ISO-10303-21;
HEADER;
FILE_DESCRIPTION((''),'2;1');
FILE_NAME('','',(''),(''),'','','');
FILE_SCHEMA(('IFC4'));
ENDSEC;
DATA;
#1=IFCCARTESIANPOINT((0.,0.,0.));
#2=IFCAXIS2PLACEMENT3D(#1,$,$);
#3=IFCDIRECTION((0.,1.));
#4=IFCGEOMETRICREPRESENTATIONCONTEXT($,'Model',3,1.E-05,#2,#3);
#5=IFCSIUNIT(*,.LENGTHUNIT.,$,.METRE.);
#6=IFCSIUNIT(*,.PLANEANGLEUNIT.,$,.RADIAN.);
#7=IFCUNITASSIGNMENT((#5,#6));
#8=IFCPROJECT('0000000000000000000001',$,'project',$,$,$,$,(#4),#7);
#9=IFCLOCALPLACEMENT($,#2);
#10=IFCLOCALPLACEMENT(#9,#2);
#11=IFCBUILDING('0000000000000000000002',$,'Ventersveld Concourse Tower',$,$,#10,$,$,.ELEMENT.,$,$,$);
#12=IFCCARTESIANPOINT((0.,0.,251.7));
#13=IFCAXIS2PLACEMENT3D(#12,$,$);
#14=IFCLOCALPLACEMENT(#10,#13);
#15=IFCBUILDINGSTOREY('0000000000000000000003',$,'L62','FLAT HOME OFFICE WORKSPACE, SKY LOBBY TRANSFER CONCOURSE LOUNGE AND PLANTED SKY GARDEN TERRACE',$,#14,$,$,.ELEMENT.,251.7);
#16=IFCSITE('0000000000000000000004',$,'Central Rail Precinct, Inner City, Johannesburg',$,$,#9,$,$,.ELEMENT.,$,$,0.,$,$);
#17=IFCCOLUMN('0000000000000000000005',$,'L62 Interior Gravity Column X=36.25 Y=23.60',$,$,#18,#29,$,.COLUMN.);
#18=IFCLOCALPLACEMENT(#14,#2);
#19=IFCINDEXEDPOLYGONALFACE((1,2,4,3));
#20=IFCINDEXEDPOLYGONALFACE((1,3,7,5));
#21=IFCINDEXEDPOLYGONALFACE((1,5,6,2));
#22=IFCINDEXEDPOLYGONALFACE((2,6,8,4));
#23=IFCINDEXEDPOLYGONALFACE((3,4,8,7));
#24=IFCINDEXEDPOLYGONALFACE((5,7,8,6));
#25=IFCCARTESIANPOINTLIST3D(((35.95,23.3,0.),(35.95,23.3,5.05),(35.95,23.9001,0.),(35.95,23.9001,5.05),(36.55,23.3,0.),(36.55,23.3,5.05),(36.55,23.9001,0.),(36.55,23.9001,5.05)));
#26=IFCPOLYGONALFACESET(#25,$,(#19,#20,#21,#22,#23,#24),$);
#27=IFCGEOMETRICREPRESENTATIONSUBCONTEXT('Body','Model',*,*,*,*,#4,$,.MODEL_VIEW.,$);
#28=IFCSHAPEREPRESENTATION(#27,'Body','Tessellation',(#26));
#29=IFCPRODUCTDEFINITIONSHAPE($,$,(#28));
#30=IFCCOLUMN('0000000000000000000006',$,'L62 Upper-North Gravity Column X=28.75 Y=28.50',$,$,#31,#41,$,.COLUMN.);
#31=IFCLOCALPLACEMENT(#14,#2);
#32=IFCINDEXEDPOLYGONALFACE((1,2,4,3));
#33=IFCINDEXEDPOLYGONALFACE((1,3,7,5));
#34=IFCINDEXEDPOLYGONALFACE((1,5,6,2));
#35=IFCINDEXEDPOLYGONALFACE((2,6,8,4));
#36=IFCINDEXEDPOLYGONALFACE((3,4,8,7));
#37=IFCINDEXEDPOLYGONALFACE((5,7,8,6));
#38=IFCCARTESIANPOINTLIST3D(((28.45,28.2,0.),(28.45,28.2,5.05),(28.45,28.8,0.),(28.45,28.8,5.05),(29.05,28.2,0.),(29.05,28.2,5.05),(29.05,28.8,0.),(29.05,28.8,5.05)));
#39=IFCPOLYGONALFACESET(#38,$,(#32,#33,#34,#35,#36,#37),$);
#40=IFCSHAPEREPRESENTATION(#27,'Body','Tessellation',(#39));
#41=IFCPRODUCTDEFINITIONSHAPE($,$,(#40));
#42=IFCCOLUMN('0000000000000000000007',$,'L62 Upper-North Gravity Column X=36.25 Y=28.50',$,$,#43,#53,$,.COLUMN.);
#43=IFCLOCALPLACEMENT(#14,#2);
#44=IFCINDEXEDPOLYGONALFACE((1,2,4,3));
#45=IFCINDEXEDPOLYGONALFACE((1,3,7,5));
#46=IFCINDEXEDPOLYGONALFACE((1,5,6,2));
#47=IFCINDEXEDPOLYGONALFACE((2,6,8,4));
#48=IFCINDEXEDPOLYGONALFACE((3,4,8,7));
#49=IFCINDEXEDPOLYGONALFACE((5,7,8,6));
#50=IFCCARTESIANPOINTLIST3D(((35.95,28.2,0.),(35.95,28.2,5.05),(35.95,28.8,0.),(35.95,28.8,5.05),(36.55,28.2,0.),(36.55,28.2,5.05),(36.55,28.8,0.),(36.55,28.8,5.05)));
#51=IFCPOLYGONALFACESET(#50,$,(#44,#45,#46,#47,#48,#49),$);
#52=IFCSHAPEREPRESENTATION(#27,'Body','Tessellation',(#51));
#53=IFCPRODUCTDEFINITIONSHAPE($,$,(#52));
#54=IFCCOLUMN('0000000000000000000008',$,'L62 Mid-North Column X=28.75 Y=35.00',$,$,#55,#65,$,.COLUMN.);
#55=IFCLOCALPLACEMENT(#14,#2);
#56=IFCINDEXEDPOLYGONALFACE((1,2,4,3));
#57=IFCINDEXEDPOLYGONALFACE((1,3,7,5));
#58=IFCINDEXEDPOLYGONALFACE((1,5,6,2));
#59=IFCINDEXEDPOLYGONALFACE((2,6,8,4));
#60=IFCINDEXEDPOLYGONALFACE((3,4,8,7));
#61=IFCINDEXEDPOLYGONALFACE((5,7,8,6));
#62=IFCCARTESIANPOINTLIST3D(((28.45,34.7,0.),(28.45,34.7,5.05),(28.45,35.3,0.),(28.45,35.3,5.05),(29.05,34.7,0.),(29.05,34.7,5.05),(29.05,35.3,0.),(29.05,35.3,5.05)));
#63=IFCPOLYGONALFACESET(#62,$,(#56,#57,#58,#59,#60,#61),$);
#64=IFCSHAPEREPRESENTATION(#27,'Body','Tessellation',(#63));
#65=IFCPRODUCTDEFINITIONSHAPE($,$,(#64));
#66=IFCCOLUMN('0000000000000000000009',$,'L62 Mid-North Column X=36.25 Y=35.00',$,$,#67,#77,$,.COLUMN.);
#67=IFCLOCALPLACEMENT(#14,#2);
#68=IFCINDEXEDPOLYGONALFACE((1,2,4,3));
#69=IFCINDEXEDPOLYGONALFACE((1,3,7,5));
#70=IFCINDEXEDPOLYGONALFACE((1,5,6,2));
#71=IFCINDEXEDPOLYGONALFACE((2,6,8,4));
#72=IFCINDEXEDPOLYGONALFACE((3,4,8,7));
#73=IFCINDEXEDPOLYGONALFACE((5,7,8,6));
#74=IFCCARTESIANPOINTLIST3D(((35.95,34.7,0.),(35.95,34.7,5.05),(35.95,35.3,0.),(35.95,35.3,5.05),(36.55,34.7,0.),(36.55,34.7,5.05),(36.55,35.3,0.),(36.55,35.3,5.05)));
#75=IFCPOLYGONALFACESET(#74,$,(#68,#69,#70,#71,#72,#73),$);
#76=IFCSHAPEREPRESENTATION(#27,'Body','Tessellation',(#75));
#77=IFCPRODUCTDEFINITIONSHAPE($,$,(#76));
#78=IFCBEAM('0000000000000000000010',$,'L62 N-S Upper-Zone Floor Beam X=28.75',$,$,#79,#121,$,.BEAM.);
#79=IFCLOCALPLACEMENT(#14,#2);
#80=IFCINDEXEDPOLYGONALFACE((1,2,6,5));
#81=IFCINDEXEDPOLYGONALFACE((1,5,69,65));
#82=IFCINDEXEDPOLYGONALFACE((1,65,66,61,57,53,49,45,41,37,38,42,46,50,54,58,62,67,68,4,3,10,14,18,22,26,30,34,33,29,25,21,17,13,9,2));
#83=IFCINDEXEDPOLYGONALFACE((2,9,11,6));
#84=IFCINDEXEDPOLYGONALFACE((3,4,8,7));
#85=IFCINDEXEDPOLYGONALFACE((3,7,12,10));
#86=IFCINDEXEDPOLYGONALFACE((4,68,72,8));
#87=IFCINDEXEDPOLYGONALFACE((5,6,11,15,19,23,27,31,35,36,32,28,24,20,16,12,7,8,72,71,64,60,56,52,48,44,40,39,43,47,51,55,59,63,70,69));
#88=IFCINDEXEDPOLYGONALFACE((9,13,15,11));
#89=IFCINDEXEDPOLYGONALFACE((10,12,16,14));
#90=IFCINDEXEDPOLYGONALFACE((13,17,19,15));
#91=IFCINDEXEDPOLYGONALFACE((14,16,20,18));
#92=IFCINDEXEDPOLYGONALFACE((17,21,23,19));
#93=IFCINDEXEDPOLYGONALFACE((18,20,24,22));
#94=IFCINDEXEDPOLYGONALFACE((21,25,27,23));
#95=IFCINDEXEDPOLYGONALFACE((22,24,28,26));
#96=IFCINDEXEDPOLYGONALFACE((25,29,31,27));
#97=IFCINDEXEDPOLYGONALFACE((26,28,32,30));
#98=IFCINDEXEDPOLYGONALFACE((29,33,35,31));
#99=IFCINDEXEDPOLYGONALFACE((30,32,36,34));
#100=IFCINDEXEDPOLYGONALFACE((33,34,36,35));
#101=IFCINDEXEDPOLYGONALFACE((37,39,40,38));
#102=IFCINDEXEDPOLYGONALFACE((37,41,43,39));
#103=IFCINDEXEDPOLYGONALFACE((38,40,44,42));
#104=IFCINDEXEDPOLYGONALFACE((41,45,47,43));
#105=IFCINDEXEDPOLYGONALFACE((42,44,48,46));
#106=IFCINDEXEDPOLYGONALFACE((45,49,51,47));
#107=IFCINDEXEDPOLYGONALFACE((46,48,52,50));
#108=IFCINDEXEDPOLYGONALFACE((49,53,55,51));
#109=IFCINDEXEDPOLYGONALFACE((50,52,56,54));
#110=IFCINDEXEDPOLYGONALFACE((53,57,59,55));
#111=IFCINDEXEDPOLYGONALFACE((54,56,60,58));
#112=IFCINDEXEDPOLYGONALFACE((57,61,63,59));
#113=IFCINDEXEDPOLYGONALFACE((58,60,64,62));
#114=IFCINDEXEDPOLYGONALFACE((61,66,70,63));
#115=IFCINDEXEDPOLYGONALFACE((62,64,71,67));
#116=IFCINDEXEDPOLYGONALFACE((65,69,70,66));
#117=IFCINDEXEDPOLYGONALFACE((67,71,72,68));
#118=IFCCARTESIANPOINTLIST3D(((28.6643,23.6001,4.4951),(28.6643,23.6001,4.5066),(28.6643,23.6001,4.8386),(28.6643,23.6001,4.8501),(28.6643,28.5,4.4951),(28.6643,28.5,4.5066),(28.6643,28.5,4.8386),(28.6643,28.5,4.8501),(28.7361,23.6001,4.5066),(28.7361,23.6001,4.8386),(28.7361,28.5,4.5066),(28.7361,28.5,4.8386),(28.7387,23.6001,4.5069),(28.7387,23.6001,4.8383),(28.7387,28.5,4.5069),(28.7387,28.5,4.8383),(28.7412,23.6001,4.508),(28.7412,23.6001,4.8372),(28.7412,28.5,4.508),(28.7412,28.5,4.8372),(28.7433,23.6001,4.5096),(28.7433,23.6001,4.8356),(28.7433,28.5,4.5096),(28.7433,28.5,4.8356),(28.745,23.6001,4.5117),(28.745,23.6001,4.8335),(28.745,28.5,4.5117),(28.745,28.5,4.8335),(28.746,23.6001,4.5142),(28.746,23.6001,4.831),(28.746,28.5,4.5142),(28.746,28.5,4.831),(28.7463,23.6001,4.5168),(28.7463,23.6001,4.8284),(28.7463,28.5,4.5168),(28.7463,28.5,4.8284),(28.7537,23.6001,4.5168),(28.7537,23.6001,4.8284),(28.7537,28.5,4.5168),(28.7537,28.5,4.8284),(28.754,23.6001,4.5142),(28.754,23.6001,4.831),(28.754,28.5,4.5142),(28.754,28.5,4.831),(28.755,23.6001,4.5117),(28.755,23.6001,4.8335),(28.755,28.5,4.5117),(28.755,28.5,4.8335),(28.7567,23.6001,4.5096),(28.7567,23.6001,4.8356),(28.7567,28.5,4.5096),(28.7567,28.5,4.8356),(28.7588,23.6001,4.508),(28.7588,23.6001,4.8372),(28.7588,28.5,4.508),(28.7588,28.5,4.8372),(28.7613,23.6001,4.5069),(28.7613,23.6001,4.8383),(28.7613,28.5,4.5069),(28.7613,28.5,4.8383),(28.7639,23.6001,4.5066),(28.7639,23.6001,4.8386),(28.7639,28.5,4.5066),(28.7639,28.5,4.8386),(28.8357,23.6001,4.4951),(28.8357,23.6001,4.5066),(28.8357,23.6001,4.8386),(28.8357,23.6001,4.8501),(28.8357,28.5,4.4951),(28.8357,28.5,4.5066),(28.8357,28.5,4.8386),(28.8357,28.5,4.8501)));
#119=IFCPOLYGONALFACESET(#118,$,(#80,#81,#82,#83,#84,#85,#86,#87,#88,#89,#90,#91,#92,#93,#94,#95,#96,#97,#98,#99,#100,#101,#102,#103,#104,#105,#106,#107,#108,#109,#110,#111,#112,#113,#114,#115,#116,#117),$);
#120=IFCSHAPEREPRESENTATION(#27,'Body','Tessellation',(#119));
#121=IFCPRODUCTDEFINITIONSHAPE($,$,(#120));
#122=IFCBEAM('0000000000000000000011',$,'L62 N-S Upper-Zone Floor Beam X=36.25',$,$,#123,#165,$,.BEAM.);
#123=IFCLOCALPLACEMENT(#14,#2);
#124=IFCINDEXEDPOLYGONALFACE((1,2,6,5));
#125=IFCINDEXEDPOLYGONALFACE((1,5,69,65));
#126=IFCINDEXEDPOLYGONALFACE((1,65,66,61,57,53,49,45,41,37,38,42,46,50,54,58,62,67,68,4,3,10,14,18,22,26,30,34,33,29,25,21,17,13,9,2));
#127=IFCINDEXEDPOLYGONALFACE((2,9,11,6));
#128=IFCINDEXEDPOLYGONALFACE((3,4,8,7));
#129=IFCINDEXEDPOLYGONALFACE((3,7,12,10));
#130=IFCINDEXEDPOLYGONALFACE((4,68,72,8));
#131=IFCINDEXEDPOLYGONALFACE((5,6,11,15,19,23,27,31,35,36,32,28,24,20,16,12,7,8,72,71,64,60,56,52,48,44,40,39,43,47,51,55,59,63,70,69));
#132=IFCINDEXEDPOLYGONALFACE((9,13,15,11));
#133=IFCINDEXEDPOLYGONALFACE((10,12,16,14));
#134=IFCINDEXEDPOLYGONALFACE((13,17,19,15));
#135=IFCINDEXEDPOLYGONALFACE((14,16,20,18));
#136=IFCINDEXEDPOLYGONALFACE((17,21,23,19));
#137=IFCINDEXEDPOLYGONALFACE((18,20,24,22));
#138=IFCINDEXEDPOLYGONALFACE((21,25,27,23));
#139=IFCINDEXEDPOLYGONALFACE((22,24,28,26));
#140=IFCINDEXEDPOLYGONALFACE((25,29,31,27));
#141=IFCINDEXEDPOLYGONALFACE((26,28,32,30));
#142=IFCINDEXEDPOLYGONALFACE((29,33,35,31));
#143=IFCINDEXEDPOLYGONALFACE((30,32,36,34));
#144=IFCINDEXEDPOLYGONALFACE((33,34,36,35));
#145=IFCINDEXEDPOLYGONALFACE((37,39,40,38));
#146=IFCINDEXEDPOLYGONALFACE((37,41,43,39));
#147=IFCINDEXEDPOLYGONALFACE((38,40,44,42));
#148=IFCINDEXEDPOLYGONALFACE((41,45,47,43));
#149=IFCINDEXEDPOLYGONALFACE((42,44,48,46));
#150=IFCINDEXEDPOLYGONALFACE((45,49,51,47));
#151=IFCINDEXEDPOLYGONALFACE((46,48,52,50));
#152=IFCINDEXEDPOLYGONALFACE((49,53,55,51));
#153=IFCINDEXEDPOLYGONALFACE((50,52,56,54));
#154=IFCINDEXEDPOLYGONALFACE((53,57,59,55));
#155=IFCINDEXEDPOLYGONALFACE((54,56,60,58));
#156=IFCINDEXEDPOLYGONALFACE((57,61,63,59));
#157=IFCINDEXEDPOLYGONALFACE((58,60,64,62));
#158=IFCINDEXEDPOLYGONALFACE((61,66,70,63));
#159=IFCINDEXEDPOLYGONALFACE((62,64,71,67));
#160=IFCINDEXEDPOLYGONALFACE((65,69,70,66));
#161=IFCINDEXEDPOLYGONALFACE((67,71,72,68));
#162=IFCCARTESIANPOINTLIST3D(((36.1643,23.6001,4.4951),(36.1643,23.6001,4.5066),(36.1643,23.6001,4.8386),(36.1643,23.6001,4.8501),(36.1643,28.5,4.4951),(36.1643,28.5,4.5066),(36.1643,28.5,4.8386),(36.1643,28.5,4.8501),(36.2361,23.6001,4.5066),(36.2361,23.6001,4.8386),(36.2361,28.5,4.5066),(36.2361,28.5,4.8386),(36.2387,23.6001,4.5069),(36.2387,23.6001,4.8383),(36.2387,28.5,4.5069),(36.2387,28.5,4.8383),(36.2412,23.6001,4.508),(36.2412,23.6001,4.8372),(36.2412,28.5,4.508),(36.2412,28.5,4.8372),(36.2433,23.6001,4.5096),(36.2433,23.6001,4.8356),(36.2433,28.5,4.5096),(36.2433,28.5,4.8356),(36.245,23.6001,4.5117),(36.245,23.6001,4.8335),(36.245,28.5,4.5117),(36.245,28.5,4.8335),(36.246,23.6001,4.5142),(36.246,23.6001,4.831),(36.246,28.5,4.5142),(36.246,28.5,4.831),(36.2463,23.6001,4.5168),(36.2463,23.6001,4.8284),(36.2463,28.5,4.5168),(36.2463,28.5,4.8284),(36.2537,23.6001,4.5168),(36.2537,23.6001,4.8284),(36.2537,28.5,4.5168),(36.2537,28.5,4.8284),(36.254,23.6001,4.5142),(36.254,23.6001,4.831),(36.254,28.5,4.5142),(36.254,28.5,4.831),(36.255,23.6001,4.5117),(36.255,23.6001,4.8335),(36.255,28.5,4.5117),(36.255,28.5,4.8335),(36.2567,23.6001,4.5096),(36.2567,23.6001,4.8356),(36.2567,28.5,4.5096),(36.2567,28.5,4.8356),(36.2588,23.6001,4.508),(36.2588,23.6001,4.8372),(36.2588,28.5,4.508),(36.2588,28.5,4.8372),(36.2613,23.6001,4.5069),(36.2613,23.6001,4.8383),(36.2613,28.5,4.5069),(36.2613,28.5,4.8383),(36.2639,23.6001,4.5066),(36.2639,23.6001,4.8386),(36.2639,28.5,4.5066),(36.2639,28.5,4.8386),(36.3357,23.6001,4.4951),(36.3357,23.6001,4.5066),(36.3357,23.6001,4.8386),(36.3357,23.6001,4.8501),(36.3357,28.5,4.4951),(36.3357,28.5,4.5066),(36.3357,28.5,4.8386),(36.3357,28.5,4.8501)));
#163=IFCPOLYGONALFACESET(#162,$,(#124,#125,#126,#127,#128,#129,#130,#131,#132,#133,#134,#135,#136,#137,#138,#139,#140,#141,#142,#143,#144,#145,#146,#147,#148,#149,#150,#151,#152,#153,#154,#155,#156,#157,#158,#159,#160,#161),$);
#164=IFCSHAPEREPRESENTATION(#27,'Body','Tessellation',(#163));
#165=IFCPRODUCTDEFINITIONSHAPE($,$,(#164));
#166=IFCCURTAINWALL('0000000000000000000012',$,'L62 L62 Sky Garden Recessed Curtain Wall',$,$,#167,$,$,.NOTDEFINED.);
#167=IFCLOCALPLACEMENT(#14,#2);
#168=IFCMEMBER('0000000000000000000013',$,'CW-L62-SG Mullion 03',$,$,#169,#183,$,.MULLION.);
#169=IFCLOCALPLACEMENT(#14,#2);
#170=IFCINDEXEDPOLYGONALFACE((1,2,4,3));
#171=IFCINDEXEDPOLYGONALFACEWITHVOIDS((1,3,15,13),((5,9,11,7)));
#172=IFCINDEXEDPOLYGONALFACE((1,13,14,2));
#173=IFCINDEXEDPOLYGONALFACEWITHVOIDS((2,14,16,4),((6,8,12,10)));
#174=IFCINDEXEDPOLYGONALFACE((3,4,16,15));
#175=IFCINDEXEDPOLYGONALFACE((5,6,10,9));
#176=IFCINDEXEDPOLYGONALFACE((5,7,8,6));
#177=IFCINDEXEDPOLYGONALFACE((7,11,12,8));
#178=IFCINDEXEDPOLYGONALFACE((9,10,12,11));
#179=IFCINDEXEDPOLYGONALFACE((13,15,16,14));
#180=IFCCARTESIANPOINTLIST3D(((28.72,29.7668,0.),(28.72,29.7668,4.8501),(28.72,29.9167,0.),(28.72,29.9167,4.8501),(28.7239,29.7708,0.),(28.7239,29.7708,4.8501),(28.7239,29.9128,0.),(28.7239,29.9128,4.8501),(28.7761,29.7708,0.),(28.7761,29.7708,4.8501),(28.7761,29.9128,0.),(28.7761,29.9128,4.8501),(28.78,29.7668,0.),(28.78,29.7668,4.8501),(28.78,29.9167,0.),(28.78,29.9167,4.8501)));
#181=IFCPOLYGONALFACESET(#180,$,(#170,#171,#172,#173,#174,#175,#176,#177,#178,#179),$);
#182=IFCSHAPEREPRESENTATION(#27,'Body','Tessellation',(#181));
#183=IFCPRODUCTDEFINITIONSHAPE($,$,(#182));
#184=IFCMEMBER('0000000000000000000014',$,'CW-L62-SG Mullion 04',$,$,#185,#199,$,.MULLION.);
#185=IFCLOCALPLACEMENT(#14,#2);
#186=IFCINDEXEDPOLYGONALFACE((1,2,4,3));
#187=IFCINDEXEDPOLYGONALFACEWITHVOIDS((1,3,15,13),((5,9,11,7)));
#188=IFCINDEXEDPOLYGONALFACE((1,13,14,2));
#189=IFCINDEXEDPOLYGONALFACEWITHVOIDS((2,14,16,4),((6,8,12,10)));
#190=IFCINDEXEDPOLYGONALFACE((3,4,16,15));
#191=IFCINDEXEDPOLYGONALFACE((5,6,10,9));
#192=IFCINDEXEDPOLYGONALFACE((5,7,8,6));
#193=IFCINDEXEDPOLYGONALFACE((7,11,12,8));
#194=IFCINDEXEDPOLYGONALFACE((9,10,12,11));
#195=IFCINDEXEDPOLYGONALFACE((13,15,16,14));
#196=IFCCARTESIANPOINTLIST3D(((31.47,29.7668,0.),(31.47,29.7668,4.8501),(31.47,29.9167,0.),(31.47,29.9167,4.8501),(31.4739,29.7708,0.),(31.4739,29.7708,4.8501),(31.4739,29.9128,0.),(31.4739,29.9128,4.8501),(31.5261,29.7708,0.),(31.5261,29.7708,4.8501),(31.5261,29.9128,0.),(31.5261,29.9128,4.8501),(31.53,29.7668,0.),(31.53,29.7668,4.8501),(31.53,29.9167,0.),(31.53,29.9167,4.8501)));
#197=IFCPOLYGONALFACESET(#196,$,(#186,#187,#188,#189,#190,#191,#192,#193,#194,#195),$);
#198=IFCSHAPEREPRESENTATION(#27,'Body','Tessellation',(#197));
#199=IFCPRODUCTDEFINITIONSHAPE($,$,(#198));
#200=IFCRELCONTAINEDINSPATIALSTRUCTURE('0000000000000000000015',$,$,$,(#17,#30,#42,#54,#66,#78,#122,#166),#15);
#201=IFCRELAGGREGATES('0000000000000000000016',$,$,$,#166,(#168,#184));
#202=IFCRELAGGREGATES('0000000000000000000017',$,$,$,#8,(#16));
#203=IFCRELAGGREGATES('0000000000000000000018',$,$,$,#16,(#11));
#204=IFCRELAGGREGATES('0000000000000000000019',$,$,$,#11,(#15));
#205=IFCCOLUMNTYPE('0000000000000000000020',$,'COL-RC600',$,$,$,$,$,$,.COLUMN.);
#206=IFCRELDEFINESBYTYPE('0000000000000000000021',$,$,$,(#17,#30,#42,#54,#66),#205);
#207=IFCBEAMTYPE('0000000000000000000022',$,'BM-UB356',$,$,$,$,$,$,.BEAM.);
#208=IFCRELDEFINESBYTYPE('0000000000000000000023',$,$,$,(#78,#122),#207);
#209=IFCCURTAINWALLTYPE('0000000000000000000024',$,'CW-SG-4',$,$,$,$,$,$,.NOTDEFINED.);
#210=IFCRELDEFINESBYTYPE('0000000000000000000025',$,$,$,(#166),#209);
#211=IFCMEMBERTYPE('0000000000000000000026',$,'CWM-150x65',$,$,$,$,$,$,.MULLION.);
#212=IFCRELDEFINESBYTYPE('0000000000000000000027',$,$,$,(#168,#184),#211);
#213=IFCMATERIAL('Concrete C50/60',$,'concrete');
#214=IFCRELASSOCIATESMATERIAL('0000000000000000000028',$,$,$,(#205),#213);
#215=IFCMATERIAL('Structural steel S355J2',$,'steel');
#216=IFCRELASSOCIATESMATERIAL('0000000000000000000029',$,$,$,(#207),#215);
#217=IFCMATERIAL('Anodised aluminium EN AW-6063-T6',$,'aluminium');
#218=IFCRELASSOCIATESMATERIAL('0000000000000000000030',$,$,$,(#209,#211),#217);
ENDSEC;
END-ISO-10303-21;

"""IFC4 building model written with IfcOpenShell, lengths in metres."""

from ifc_helpers import new_model, si_unit, direction, frame, origin, origin_2d, place, context, subcontext, project, spatial, rectangle, hollow_rectangle, i_section, extrude, material, material_profile, profile_set, type_object, element, aggregate, save


model = new_model("IFC4")

# Units and contexts
model_context = context("Model", 3, precision=1e-05, world=origin(), true_north=direction((0.0, 1.0)))
body_context = subcontext(model_context, "Body", "Model", "MODEL_VIEW")
ifc_project = project(units=[si_unit("LENGTHUNIT", "METRE"), si_unit("PLANEANGLEUNIT", "RADIAN")], contexts=[model_context])

# Site, building, storey
site_placement = place(None, origin())
site = spatial("IfcSite", under=ifc_project, at=site_placement, Name="Central Rail Precinct, Inner City, Johannesburg", CompositionType="ELEMENT", RefElevation=0.0)
building_placement = place(site_placement, origin())
building = spatial("IfcBuilding", under=site, at=building_placement, Name="Ventersveld Concourse Tower", CompositionType="ELEMENT")
storey_placement = place(building_placement, frame((0.0, 0.0, 251.7)))
storey = spatial("IfcBuildingStorey", under=building, at=storey_placement, Name="L62", Description="FLAT HOME OFFICE WORKSPACE, SKY LOBBY TRANSFER CONCOURSE LOUNGE AND PLANTED SKY GARDEN TERRACE", CompositionType="ELEMENT", Elevation=251.7)

# Columns
ifc_material_1 = material(Name="Concrete C50/60", Category="concrete")
ifc_material_profile_1 = material_profile(ifc_material_1, rectangle(XDim=0.6001, YDim=0.6001, at=origin_2d()), Name="RC 600x600")
ifc_profile_set_1 = profile_set([ifc_material_profile_1], Name="Concrete C50/60")
column_type = type_object("IfcColumnType", Name="COL-RC600", PredefinedType="COLUMN", material=ifc_profile_set_1)
for number, where, z_axis, x_axis, name in (
    (1, (36.25, 23.6001, 0.0), (0.0, 0.0, 1.0), (1.0, 0.0, 0.0), "L62 Interior Gravity Column X=36.25 Y=23.60"),
    (2, (28.75, 28.5, 0.0), (0.0, 0.0, 1.0), (1.0, 0.0, 0.0), "L62 Upper-North Gravity Column X=28.75 Y=28.50"),
    (3, (36.25, 28.5, 0.0), (0.0, 0.0, 1.0), (1.0, 0.0, 0.0), "L62 Upper-North Gravity Column X=36.25 Y=28.50"),
    (4, (28.75, 35.0, 0.0), (0.0, 0.0, 1.0), (1.0, 0.0, 0.0), "L62 Mid-North Column X=28.75 Y=35.00"),
    (5, (36.25, 35.0, 0.0), (0.0, 0.0, 1.0), (1.0, 0.0, 0.0), "L62 Mid-North Column X=36.25 Y=35.00"),
):
    element("IfcColumn", number, at=place(storey_placement, frame(where, z_axis=z_axis, x_axis=x_axis)), inside=storey, type_object=column_type, Name=name, PredefinedType="COLUMN", context=body_context, shape_type="SweptSolid", body=[
        extrude(rectangle(XDim=0.6001, YDim=0.6001, at=origin_2d()), origin(), (0.0, 0.0, 1.0), 5.05),
    ])

# Beams
ifc_material_2 = material(Name="Structural steel S355J2", Category="steel")
ifc_material_profile_2 = material_profile(ifc_material_2, i_section(OverallWidth=0.1714, OverallDepth=0.355, WebThickness=0.0073, FlangeThickness=0.0115, FilletRadius=0.0103, at=origin_2d()), Name="UB 356x171x51")
ifc_profile_set_2 = profile_set([ifc_material_profile_2], Name="Structural steel S355J2")
beam_type_1 = type_object("IfcBeamType", Name="BM-UB356", PredefinedType="BEAM", material=ifc_profile_set_2)
for number, where, z_axis, x_axis, name in (
    (6, (28.75, 23.6001, 4.6726), (0.0, 1.0, 0.0), (-1.0, 0.0, 0.0), "L62 N-S Upper-Zone Floor Beam X=28.75"),
    (7, (36.25, 23.6001, 4.6726), (0.0, 1.0, 0.0), (-1.0, 0.0, 0.0), "L62 N-S Upper-Zone Floor Beam X=36.25"),
):
    element("IfcBeam", number, at=place(storey_placement, frame(where, z_axis=z_axis, x_axis=x_axis)), inside=storey, type_object=beam_type_1, Name=name, PredefinedType="BEAM", context=body_context, shape_type="SweptSolid", body=[
        extrude(i_section(OverallWidth=0.1714, OverallDepth=0.355, WebThickness=0.0073, FlangeThickness=0.0115, FilletRadius=0.0103, at=origin_2d()), origin(), (0.0, 0.0, 1.0), 4.8999),
    ])

# Curtain wall, members
ifc_material_3 = material(Name="Anodised aluminium EN AW-6063-T6", Category="aluminium")
curtain_wall_type_1 = type_object("IfcCurtainWallType", Name="CW-SG-4", PredefinedType="NOTDEFINED", material=ifc_material_3)
curtain_wall_1_placement = place(storey_placement, origin())
curtain_wall_1 = element("IfcCurtainWall", 8, at=curtain_wall_1_placement, inside=storey, type_object=curtain_wall_type_1, Name="L62 L62 Sky Garden Recessed Curtain Wall", PredefinedType="NOTDEFINED")
ifc_material_profile_3 = material_profile(ifc_material_3, hollow_rectangle(XDim=0.0601, YDim=0.1499, WallThickness=0.0039, at=origin_2d()), Name="ALU 150x60x4")
ifc_profile_set_3 = profile_set([ifc_material_profile_3], Name="Anodised aluminium EN AW-6063-T6")
member_type_1 = type_object("IfcMemberType", Name="CWM-150x65", PredefinedType="MULLION", material=ifc_profile_set_3)
member_1_placement = place(storey_placement, frame((28.75, 29.8418, 0.0), z_axis=(0.0, 0.0, 1.0), x_axis=(1.0, 0.0, 0.0)))
member_1 = element("IfcMember", 9, at=member_1_placement, type_object=member_type_1, Name="CW-L62-SG Mullion 03", PredefinedType="MULLION", context=body_context, shape_type="SweptSolid", body=[
    extrude(hollow_rectangle(XDim=0.0601, YDim=0.1499, WallThickness=0.0039, at=origin_2d()), origin(), (0.0, 0.0, 1.0), 4.8501),
])
member_2_placement = place(storey_placement, frame((31.5, 29.8418, 0.0), z_axis=(0.0, 0.0, 1.0), x_axis=(1.0, 0.0, 0.0)))
member_2 = element("IfcMember", 10, at=member_2_placement, type_object=member_type_1, Name="CW-L62-SG Mullion 04", PredefinedType="MULLION", context=body_context, shape_type="SweptSolid", body=[
    extrude(hollow_rectangle(XDim=0.0601, YDim=0.1499, WallThickness=0.0039, at=origin_2d()), origin(), (0.0, 0.0, 1.0), 4.8501),
])

aggregate(curtain_wall_1, [member_1, member_2])

save(model, "model.ifc")
